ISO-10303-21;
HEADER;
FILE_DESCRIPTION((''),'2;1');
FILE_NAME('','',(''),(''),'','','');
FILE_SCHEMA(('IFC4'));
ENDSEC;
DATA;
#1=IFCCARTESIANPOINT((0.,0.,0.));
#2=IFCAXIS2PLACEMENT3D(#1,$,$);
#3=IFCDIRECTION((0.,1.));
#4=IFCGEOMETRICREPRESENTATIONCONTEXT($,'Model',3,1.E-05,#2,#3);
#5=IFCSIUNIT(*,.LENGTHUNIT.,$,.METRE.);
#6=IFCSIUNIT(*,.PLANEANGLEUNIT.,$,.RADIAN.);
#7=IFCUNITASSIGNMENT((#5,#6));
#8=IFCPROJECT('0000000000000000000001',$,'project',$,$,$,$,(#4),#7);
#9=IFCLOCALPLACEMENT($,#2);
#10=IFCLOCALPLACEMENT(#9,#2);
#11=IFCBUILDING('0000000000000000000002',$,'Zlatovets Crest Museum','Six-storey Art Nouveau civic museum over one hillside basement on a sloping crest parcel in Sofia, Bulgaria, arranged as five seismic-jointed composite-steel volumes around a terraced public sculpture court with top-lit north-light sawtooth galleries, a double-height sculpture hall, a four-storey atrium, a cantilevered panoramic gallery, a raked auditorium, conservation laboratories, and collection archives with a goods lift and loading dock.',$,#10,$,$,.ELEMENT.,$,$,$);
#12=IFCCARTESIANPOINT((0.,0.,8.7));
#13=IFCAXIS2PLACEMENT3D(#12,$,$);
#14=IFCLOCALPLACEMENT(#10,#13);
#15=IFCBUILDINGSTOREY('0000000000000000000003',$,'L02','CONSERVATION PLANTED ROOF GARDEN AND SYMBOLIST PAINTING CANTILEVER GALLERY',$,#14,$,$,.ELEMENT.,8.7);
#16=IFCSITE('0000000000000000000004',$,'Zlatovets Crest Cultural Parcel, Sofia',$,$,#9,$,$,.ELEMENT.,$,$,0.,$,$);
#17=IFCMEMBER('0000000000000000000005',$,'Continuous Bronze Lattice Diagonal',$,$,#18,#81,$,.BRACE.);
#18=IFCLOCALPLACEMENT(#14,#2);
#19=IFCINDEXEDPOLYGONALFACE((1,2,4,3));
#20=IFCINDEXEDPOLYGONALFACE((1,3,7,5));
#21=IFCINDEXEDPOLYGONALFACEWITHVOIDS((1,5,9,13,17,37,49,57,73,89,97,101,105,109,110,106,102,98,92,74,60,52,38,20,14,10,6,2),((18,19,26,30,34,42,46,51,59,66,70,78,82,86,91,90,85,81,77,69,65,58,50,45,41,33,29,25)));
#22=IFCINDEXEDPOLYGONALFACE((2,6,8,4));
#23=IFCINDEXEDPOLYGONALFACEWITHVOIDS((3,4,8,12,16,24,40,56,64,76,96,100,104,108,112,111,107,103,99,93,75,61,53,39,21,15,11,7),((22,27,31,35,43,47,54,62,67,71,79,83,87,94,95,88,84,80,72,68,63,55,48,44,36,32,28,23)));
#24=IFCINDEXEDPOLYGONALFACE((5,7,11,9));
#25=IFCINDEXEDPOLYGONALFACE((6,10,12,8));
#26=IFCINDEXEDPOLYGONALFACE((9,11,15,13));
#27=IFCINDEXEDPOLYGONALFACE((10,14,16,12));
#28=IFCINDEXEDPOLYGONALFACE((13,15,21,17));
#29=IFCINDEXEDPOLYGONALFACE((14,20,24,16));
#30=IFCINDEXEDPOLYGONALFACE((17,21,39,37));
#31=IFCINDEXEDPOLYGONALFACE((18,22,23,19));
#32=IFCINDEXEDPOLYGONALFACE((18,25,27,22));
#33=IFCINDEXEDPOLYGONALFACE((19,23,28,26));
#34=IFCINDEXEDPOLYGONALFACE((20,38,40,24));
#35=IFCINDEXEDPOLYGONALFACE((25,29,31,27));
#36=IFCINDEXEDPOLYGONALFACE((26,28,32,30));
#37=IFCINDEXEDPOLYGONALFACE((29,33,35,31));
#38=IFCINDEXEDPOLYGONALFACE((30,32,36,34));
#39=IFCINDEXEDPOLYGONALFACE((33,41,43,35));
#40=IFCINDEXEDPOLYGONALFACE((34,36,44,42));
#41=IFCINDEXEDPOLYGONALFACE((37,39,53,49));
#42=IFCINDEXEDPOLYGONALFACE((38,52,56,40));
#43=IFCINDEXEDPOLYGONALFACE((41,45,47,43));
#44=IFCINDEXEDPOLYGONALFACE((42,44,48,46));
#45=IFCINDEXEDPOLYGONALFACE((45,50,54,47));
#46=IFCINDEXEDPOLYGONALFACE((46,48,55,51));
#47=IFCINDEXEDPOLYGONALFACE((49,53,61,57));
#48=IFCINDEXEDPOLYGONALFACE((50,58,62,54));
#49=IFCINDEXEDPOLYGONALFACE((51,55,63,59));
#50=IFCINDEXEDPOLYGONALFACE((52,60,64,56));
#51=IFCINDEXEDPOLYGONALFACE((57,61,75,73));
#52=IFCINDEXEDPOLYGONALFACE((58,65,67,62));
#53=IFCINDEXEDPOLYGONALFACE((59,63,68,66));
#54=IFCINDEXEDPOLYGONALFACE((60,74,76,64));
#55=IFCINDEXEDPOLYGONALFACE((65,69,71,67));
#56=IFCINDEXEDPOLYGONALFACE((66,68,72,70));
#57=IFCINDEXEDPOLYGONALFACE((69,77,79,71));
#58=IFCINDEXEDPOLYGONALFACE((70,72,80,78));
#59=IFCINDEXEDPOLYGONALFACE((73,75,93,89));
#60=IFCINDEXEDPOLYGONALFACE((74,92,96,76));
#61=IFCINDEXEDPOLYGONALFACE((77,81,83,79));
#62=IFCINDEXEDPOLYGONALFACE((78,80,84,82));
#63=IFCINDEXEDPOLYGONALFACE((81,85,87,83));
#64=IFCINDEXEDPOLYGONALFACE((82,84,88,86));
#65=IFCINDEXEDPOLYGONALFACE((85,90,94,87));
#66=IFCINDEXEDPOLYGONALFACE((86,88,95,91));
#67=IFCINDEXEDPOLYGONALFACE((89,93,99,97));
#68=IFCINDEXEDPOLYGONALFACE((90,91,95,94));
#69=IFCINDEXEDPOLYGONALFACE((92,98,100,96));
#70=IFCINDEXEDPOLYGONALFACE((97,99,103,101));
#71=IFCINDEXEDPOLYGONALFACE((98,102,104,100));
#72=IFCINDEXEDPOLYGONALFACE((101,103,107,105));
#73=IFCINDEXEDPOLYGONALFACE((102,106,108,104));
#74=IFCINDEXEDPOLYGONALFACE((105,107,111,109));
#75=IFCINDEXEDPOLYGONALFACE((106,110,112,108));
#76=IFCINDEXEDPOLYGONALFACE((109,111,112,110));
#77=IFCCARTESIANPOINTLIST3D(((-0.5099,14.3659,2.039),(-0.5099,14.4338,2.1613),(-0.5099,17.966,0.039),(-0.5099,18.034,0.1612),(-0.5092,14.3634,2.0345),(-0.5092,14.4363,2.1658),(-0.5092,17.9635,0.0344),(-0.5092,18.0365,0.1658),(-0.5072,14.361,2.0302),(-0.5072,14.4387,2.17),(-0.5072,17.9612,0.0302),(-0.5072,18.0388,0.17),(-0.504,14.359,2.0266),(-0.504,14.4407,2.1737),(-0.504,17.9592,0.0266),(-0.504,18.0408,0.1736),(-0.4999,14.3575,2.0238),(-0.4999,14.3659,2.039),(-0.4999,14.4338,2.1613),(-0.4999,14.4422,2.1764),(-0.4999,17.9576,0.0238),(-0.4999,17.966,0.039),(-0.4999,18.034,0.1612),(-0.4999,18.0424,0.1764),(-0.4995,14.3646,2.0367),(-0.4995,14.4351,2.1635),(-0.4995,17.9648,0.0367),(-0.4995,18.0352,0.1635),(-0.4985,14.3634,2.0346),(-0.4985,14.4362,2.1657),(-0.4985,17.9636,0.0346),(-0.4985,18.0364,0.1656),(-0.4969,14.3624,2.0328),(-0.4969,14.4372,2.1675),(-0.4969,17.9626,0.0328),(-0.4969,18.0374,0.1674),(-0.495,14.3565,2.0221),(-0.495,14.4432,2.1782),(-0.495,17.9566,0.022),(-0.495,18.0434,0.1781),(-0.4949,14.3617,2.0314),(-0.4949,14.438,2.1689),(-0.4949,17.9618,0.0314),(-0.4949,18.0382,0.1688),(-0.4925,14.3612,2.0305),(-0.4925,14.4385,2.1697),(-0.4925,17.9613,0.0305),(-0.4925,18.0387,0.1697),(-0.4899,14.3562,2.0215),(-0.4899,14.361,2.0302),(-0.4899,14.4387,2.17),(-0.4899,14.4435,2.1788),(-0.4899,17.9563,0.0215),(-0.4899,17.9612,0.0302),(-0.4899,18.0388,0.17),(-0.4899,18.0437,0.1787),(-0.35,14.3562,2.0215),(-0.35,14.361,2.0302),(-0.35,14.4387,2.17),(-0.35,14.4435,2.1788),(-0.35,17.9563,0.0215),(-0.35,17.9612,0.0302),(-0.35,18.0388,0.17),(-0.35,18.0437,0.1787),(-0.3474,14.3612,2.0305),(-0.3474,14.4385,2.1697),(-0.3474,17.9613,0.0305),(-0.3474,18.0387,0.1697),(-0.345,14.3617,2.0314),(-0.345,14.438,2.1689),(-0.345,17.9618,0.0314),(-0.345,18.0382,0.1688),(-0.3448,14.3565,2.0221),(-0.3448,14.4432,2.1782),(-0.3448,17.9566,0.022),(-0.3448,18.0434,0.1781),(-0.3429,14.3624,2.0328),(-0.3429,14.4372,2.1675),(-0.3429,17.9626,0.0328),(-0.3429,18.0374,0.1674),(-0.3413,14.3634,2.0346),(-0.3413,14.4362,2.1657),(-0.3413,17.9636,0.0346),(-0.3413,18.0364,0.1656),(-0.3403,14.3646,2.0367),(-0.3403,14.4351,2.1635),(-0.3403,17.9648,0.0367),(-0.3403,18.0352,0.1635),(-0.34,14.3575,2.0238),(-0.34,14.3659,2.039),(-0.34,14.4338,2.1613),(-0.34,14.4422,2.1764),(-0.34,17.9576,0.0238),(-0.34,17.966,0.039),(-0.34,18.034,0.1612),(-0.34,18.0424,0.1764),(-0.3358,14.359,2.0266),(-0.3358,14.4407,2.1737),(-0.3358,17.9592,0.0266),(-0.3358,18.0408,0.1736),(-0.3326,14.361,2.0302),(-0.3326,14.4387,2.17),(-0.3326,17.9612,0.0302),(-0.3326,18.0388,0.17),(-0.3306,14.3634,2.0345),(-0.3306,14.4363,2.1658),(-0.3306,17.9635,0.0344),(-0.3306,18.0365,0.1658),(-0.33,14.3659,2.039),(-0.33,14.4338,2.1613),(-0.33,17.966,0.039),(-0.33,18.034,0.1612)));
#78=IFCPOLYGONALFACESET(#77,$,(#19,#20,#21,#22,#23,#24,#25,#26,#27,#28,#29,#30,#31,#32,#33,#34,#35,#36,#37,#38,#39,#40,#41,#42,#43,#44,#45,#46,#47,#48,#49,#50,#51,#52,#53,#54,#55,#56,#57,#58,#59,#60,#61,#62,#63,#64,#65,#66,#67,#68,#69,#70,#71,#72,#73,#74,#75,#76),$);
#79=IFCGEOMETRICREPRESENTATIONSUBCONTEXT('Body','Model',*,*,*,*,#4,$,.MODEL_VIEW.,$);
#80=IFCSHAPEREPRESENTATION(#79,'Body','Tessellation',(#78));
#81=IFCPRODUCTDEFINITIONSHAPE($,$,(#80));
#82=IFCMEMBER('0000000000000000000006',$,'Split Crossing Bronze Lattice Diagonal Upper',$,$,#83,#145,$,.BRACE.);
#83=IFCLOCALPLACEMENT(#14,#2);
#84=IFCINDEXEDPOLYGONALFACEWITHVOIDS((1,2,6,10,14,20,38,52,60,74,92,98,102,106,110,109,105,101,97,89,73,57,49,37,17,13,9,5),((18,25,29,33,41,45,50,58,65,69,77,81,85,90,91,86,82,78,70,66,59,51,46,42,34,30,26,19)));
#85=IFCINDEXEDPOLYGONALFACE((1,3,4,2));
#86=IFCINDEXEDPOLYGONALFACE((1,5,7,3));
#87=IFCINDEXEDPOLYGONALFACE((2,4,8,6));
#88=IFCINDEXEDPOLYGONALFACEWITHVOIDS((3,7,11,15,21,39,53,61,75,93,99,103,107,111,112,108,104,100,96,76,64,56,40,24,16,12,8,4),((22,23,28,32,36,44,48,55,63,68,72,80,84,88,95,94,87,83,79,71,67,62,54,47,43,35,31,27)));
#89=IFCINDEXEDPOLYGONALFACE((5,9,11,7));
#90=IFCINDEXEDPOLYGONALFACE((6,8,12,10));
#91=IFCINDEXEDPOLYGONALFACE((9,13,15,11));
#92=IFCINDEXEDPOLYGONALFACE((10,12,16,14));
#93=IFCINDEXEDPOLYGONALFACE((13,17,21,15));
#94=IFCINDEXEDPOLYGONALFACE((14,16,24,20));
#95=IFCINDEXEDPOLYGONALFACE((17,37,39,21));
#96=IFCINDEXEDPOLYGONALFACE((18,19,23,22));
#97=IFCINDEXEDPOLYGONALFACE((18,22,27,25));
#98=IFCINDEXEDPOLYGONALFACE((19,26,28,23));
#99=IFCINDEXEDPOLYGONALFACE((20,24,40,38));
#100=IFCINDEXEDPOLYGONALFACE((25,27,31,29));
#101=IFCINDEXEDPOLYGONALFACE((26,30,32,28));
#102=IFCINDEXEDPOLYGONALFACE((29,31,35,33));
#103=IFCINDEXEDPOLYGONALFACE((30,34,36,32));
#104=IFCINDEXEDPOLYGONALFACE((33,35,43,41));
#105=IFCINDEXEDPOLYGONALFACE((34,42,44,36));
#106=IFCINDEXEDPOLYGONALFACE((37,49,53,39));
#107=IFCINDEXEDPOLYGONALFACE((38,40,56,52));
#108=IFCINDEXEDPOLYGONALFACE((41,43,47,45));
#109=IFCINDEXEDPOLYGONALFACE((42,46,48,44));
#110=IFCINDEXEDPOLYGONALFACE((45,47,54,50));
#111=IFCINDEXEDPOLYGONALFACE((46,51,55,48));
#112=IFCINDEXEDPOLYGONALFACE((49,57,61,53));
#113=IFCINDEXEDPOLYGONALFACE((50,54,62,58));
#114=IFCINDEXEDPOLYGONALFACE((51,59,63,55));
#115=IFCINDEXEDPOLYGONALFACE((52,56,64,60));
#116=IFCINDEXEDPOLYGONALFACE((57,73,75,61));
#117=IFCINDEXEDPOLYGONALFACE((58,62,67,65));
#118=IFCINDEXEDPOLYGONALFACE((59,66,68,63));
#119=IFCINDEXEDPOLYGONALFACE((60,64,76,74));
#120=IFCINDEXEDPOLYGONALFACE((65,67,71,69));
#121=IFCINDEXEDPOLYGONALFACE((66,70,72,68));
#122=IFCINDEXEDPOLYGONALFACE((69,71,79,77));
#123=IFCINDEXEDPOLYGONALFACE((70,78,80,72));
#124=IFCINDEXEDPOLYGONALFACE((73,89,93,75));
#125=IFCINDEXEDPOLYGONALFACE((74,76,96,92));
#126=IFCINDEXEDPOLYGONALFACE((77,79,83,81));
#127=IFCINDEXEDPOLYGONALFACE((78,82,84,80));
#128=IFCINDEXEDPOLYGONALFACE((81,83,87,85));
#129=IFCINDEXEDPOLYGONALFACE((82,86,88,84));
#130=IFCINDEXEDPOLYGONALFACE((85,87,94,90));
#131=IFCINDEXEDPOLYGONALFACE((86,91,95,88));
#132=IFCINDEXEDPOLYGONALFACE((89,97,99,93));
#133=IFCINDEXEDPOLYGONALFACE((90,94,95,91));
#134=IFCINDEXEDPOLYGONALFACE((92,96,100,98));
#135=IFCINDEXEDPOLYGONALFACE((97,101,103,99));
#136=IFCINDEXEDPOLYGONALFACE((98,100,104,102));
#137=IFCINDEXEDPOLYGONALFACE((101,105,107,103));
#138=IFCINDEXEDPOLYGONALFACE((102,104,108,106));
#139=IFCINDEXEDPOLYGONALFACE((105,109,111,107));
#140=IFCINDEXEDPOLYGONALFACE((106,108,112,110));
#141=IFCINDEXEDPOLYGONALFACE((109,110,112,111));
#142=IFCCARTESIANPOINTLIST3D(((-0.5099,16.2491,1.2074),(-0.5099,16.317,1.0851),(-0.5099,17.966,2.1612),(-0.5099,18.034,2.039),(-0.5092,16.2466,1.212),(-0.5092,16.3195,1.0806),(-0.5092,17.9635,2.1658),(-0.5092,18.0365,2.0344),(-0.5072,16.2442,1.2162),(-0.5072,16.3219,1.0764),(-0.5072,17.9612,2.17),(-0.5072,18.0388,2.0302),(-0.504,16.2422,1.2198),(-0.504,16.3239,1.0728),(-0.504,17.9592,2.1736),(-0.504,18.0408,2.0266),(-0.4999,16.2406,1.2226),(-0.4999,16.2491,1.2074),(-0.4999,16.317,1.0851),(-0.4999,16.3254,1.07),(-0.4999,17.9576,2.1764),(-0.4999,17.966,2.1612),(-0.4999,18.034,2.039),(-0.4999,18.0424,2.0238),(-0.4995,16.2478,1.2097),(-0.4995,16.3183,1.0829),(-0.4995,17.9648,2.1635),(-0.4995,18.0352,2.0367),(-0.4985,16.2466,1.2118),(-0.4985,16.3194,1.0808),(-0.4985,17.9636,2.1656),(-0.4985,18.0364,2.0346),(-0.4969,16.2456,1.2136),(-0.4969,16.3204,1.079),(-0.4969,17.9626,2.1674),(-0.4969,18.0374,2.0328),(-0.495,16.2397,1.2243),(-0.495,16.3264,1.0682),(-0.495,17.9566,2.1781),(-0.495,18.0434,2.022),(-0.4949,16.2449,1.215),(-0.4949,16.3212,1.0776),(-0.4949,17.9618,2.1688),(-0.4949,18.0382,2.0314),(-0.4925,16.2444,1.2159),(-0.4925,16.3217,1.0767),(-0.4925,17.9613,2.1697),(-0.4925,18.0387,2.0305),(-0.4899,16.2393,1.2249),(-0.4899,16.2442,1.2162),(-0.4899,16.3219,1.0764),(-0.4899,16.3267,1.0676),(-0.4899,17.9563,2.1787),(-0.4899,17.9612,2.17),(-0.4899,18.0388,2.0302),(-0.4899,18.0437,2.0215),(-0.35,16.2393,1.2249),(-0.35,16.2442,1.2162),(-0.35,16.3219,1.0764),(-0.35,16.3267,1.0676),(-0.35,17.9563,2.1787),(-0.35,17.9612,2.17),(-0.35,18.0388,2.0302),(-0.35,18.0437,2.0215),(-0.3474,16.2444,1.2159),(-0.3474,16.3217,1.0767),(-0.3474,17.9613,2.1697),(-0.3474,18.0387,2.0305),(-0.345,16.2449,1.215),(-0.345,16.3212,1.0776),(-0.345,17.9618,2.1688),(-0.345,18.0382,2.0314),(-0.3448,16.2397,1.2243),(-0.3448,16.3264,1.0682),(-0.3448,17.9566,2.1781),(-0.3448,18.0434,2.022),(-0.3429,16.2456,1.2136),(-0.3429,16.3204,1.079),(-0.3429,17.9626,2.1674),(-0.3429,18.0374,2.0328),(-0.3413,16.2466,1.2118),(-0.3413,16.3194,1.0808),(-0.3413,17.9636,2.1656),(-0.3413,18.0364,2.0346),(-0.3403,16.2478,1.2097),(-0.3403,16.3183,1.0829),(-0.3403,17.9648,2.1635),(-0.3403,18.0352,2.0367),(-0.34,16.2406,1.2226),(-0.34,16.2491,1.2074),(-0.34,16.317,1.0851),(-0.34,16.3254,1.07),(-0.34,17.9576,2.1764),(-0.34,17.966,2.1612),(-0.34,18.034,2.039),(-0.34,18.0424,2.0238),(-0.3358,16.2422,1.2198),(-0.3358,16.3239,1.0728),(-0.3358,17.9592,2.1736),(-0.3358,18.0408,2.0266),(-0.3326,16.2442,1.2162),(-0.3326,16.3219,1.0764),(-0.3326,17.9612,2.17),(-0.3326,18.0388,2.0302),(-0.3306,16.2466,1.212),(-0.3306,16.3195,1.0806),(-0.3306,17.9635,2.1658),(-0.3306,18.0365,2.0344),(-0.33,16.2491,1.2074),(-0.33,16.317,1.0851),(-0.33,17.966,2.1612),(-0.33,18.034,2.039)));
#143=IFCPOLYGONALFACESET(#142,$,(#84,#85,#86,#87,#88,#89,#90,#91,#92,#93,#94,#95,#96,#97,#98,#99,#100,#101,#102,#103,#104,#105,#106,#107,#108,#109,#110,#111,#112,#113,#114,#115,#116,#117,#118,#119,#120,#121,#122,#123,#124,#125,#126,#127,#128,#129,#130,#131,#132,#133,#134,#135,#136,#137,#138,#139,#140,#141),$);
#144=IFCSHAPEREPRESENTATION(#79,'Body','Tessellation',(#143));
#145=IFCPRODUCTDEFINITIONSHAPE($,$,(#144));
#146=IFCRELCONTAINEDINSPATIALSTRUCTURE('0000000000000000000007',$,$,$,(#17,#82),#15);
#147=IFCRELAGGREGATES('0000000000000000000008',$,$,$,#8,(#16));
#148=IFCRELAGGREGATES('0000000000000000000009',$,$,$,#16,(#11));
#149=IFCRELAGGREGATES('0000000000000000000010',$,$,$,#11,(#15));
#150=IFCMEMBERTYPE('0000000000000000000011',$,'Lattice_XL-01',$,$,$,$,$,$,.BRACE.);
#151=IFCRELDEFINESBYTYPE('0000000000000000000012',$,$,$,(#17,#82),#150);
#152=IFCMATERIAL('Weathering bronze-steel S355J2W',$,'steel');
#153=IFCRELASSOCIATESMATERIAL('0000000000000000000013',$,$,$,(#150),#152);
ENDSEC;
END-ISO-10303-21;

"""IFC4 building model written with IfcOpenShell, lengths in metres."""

from ifc_helpers import new_model, si_unit, direction, frame, origin, origin_2d, place, context, subcontext, project, spatial, hollow_rectangle, extrude, material, material_profile, profile_set, type_object, element, save


model = new_model("IFC4")

# Units and contexts
model_context = context("Model", 3, precision=1e-05, world=origin(), true_north=direction((0.0, 1.0)))
body_context = subcontext(model_context, "Body", "Model", "MODEL_VIEW")
ifc_project = project(units=[si_unit("LENGTHUNIT", "METRE"), si_unit("PLANEANGLEUNIT", "RADIAN")], contexts=[model_context])

# Site, building, storey
site_placement = place(None, origin())
site = spatial("IfcSite", under=ifc_project, at=site_placement, Name="Zlatovets Crest Cultural Parcel, Sofia", CompositionType="ELEMENT", RefElevation=0.0)
building_placement = place(site_placement, origin())
building = spatial("IfcBuilding", under=site, at=building_placement, Name="Zlatovets Crest Museum", Description="Six-storey Art Nouveau civic museum over one hillside basement on a sloping crest parcel in Sofia, Bulgaria, arranged as five seismic-jointed composite-steel volumes around a terraced public sculpture court with top-lit north-light sawtooth galleries, a double-height sculpture hall, a four-storey atrium, a cantilevered panoramic gallery, a raked auditorium, conservation laboratories, and collection archives with a goods lift and loading dock.", CompositionType="ELEMENT")
storey_placement = place(building_placement, frame((0.0, 0.0, 8.7)))
storey = spatial("IfcBuildingStorey", under=building, at=storey_placement, Name="L02", Description="CONSERVATION PLANTED ROOF GARDEN AND SYMBOLIST PAINTING CANTILEVER GALLERY", CompositionType="ELEMENT", Elevation=8.7)

# Members
ifc_material_1 = material(Name="Weathering bronze-steel S355J2W", Category="steel")
ifc_material_profile_1 = material_profile(ifc_material_1, hollow_rectangle(XDim=0.1799, YDim=0.1799, WallThickness=0.01, InnerFilletRadius=0.01, OuterFilletRadius=0.02, at=origin_2d()), Name="SHS 180x180x10.0")
ifc_profile_set_1 = profile_set([ifc_material_profile_1], Name="Weathering bronze-steel S355J2W")
member_type_1 = type_object("IfcMemberType", Name="Lattice_XL-01", PredefinedType="BRACE", material=ifc_profile_set_1)
member_1_placement = place(storey_placement, frame((-0.4199, 18.0, 0.1001), z_axis=(0.0, -0.874163, 0.485633), x_axis=(1.0, 0.0, 0.0)))
element("IfcMember", 1, at=member_1_placement, inside=storey, type_object=member_type_1, Name="Continuous Bronze Lattice Diagonal", PredefinedType="BRACE", context=body_context, shape_type="SweptSolid", body=[
    extrude(hollow_rectangle(XDim=0.1799, YDim=0.1799, WallThickness=0.01, InnerFilletRadius=0.01, OuterFilletRadius=0.02, at=origin_2d()), origin(), (0.0, 0.0, 1.0), 4.1184),
])
for number, where, z_axis, x_axis, name in (
    (2, (-0.4199, 18.0, 2.1001), (0.0, -0.874169, -0.485622), (1.0, 0.0, 0.0), "Split Crossing Bronze Lattice Diagonal Upper"),
):
    element("IfcMember", number, at=place(storey_placement, frame(where, z_axis=z_axis, x_axis=x_axis)), inside=storey, type_object=member_type_1, Name=name, PredefinedType="BRACE", context=body_context, shape_type="SweptSolid", body=[
        extrude(hollow_rectangle(XDim=0.1799, YDim=0.1799, WallThickness=0.01, InnerFilletRadius=0.01, OuterFilletRadius=0.02, at=origin_2d()), origin(), (0.0, 0.0, 1.0), 1.9641),
    ])

save(model, "model.ifc")
